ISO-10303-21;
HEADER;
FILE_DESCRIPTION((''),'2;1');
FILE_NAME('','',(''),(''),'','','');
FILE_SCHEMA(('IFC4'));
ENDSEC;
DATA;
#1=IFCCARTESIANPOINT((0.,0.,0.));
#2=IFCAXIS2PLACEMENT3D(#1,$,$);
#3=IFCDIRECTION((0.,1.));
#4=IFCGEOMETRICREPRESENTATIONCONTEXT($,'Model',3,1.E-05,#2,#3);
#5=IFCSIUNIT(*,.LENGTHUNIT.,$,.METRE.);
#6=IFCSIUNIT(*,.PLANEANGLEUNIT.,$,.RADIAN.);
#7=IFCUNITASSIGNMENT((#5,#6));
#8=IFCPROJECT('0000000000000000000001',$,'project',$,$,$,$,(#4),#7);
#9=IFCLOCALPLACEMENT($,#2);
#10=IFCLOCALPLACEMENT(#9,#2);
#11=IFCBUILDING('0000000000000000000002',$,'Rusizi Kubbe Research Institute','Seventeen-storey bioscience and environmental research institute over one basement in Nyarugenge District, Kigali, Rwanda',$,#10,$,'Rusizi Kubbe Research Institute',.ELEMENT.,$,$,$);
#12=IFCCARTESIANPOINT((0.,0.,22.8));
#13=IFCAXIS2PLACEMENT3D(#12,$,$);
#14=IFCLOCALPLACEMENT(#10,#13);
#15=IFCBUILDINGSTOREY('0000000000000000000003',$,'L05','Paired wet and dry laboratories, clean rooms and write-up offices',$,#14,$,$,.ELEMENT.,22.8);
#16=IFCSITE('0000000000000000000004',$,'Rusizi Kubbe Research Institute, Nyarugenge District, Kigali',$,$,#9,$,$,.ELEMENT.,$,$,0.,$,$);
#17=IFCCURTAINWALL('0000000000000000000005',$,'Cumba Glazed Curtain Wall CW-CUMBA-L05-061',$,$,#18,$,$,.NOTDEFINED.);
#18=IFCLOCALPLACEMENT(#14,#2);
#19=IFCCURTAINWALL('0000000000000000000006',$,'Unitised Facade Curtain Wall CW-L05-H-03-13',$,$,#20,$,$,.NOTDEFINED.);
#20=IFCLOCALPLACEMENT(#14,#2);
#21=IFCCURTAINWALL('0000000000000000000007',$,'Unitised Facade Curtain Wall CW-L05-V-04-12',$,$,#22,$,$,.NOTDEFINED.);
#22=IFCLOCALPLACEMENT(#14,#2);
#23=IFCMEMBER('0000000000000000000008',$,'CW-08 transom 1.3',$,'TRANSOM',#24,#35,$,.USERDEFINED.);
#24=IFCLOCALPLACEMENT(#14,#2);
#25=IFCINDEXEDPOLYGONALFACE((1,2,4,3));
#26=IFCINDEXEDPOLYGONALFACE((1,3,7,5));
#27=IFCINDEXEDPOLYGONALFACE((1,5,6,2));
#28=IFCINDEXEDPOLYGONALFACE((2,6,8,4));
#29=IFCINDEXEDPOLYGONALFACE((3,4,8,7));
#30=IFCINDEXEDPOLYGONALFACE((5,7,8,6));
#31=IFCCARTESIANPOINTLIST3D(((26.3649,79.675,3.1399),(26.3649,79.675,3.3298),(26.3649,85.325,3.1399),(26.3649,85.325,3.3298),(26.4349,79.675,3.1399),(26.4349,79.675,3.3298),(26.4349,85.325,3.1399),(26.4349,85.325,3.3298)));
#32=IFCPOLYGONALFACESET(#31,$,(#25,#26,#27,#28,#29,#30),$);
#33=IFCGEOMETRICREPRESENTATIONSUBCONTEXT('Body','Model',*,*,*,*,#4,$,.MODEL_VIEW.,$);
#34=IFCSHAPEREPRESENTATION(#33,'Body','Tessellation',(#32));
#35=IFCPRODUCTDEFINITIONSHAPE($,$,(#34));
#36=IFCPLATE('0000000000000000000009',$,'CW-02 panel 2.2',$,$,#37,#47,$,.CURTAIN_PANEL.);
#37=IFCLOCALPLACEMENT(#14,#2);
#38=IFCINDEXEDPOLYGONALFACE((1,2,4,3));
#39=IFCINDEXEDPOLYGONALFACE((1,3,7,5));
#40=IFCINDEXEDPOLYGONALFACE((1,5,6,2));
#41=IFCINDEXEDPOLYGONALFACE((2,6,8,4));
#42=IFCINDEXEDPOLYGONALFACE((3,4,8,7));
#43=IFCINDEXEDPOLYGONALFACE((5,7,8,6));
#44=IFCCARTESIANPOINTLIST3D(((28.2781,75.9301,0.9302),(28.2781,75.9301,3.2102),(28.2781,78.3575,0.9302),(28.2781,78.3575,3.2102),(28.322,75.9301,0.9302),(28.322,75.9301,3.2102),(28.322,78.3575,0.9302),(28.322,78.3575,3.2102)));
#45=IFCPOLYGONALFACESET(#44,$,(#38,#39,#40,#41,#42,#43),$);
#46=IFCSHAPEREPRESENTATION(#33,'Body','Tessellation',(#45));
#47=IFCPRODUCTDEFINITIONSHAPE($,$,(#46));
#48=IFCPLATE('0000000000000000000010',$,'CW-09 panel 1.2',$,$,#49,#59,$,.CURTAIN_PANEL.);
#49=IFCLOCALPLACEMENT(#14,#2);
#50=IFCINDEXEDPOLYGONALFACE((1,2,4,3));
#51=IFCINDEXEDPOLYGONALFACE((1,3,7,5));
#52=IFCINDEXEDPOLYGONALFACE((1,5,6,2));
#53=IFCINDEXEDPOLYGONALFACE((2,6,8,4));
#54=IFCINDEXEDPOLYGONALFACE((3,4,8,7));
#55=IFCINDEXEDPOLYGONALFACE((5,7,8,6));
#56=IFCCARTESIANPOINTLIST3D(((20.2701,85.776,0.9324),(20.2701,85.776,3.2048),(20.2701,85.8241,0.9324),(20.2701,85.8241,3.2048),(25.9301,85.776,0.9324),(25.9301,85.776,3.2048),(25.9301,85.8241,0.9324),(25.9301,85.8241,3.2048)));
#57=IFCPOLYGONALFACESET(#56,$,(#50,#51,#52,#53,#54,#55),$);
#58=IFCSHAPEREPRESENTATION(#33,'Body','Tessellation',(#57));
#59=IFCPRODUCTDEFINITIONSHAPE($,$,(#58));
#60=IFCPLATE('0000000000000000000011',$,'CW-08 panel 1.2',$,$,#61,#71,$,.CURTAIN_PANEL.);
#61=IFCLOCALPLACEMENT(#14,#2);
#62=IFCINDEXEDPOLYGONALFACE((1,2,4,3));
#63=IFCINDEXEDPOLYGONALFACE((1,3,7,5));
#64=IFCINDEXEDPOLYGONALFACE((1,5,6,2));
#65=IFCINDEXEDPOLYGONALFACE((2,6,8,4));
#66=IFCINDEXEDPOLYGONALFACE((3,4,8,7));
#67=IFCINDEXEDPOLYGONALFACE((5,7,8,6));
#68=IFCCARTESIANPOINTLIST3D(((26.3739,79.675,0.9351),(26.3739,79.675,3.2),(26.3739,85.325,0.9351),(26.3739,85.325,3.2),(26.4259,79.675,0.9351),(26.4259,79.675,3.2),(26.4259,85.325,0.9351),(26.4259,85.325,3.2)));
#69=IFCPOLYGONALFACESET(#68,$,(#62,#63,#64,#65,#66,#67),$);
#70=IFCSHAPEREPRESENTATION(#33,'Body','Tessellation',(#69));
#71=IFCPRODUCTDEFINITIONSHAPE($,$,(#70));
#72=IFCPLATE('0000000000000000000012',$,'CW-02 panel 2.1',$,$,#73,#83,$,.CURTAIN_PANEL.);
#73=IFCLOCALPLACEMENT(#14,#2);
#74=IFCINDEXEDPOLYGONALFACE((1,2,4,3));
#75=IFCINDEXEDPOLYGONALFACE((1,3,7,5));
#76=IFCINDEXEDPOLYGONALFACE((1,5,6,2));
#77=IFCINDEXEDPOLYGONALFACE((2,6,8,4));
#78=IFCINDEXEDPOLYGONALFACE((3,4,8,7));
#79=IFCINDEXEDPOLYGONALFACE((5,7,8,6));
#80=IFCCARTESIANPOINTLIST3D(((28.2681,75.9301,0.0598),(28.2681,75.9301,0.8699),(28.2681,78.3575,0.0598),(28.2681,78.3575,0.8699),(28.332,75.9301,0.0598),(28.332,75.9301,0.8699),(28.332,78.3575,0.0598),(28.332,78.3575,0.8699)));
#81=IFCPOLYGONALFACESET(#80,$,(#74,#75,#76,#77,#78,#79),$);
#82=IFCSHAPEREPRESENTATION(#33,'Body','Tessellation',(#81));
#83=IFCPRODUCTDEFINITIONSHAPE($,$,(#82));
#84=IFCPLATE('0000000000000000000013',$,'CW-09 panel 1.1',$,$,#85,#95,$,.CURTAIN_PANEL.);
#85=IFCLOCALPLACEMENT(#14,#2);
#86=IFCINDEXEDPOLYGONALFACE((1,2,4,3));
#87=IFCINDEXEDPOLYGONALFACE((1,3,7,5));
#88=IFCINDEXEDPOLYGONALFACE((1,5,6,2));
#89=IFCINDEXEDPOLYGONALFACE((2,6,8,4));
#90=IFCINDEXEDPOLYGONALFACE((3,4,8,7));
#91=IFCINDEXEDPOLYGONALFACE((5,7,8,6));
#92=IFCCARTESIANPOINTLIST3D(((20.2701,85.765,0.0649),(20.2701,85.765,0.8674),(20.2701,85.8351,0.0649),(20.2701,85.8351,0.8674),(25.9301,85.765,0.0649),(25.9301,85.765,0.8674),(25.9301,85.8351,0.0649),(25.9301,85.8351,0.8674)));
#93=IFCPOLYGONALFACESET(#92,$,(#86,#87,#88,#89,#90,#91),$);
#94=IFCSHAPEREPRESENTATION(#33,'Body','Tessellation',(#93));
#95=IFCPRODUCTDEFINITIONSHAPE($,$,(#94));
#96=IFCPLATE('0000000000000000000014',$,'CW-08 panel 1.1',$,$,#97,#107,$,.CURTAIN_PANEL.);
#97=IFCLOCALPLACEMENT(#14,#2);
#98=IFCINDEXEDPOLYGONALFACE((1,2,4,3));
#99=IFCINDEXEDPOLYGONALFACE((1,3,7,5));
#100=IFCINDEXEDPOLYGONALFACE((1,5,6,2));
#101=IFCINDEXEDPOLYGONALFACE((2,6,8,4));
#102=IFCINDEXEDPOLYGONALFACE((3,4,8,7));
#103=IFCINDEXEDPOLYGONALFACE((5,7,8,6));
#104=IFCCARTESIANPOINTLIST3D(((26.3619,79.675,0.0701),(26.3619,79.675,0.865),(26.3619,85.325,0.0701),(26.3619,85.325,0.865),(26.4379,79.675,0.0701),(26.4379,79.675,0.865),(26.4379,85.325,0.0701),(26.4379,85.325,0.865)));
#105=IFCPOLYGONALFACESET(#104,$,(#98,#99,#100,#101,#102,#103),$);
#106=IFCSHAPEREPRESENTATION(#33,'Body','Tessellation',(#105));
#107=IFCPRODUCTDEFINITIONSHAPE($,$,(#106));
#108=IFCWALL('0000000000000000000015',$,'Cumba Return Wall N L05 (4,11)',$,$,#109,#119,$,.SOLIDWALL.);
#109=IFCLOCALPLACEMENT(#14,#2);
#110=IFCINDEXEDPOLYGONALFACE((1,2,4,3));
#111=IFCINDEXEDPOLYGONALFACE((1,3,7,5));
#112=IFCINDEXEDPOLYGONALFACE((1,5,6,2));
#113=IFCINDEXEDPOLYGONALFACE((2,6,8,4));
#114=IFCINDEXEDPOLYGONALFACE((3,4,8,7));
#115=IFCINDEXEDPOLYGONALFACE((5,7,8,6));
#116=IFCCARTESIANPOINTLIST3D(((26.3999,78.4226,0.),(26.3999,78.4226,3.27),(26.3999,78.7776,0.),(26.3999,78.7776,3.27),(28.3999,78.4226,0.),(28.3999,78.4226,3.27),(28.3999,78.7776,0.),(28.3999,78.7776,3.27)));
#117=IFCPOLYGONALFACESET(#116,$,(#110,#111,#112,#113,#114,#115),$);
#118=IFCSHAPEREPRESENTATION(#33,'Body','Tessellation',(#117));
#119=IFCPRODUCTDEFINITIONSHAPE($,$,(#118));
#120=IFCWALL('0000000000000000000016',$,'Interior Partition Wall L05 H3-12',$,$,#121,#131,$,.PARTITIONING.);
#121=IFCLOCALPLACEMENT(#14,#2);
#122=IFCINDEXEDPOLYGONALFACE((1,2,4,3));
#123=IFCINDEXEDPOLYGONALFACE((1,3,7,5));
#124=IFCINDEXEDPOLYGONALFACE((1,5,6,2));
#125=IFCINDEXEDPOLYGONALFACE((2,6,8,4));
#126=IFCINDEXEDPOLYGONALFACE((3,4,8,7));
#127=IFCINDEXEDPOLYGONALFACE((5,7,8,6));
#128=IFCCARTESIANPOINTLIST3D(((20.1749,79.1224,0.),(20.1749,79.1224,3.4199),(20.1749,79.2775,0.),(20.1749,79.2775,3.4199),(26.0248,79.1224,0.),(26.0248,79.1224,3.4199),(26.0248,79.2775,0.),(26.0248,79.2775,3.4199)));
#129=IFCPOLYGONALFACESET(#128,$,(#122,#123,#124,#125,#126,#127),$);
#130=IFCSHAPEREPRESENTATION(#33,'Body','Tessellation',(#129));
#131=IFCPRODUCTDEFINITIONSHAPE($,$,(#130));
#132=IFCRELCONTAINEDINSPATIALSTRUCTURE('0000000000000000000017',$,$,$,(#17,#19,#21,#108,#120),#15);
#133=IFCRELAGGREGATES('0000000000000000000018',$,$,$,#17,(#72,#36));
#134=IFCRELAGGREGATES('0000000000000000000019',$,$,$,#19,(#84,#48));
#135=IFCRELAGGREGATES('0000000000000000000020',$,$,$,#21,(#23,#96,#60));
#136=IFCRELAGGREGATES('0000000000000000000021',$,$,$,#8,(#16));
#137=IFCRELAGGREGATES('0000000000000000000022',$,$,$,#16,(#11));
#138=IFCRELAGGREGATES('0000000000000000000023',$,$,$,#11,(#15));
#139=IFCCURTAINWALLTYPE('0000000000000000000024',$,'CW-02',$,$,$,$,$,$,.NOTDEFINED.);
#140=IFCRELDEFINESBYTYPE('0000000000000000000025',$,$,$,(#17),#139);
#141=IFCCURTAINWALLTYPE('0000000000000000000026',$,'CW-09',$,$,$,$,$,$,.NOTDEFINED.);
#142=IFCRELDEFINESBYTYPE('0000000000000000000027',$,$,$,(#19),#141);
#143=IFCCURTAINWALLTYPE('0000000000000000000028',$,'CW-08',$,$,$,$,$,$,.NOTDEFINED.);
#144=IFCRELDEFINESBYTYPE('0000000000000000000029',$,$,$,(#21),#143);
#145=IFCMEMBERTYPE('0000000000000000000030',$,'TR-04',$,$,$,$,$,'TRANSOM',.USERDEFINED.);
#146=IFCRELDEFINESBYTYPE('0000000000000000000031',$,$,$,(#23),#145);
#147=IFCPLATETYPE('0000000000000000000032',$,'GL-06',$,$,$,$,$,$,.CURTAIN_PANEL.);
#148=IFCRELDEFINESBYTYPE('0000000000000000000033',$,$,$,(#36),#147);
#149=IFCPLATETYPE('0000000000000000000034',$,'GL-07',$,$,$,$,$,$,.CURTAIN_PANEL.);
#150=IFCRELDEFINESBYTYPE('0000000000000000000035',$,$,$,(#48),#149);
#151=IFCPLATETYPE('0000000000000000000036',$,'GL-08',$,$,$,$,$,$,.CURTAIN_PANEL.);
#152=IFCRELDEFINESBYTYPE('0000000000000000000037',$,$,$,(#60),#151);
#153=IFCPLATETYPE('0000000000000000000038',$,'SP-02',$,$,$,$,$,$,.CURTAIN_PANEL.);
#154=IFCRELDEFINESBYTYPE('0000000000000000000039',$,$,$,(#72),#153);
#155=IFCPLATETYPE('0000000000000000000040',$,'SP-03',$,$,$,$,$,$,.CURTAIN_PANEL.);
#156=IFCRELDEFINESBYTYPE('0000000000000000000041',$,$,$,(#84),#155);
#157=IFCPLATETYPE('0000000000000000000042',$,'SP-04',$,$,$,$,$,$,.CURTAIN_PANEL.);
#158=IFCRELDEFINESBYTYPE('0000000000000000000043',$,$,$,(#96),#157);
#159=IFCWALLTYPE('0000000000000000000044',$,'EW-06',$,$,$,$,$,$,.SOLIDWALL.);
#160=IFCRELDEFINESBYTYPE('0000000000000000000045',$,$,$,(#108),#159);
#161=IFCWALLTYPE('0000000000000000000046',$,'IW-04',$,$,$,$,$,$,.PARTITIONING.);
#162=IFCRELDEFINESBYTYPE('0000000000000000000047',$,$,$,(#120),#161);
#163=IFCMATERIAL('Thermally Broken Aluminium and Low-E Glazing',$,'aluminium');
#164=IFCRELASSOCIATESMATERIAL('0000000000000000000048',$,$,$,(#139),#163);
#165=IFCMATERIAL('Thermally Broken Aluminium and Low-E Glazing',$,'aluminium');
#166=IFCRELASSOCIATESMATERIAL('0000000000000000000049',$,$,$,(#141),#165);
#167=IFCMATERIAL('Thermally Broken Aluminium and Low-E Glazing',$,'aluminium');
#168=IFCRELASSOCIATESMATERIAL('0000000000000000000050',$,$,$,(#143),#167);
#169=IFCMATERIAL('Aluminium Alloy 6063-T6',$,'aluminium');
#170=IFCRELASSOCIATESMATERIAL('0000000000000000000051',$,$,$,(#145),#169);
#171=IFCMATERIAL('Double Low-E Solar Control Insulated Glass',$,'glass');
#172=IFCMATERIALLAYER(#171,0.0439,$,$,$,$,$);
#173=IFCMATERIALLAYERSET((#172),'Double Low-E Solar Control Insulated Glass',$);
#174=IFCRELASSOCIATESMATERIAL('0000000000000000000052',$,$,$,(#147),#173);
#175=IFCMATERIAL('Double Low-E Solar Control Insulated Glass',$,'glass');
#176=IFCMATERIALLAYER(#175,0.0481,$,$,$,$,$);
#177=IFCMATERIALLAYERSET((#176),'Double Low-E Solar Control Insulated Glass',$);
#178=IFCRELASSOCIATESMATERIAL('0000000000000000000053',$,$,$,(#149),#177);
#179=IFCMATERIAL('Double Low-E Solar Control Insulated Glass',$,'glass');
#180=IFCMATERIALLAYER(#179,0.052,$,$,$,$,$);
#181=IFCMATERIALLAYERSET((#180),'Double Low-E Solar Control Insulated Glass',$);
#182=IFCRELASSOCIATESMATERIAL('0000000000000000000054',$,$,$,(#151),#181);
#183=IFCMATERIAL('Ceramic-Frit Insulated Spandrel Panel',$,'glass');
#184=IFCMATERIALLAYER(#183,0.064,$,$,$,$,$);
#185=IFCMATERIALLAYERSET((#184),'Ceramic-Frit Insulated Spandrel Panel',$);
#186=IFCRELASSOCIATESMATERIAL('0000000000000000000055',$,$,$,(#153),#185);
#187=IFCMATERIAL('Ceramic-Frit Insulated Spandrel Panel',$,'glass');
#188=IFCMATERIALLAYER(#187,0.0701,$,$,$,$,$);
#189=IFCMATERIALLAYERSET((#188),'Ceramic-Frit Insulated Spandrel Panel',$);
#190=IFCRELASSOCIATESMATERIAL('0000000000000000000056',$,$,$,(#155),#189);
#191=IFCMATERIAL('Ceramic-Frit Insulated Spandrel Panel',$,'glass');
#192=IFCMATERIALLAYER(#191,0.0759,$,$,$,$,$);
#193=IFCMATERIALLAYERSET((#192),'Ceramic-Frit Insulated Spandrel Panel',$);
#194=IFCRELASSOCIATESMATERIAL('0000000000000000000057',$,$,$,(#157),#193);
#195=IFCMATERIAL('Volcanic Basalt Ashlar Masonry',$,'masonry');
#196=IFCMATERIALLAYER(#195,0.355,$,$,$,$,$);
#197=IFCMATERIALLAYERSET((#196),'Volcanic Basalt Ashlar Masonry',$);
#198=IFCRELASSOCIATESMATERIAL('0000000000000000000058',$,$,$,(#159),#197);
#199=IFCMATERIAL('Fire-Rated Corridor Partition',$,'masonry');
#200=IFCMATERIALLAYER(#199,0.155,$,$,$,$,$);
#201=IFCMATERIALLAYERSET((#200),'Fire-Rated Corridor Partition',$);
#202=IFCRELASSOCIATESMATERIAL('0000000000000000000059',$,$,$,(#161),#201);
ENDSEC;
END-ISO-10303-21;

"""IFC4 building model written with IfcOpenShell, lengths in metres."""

from ifc_helpers import new_model, si_unit, direction, frame, frame_2d, origin, origin_2d, place, context, subcontext, project, spatial, rectangle, extrude, material, layer, layer_set, material_profile, profile_set, type_object, element, aggregate, save


model = new_model("IFC4")

# Units and contexts
model_context = context("Model", 3, precision=1e-05, world=origin(), true_north=direction((0.0, 1.0)))
body_context = subcontext(model_context, "Body", "Model", "MODEL_VIEW")
ifc_project = project(units=[si_unit("LENGTHUNIT", "METRE"), si_unit("PLANEANGLEUNIT", "RADIAN")], contexts=[model_context])

# Site, building, storey
site_placement = place(None, origin())
site = spatial("IfcSite", under=ifc_project, at=site_placement, Name="Rusizi Kubbe Research Institute, Nyarugenge District, Kigali", CompositionType="ELEMENT", RefElevation=0.0)
building_placement = place(site_placement, origin())
building = spatial("IfcBuilding", under=site, at=building_placement, Name="Rusizi Kubbe Research Institute", Description="Seventeen-storey bioscience and environmental research institute over one basement in Nyarugenge District, Kigali, Rwanda", LongName="Rusizi Kubbe Research Institute", CompositionType="ELEMENT")
storey_placement = place(building_placement, frame((0.0, 0.0, 22.8)))
storey = spatial("IfcBuildingStorey", under=building, at=storey_placement, Name="L05", Description="Paired wet and dry laboratories, clean rooms and write-up offices", CompositionType="ELEMENT", Elevation=22.8)

# Curtain walls
ifc_material_1 = material(Name="Thermally Broken Aluminium and Low-E Glazing", Category="aluminium")
curtain_wall_type_1 = type_object("IfcCurtainWallType", Name="CW-02", PredefinedType="NOTDEFINED", material=ifc_material_1)
curtain_wall_1_placement = place(storey_placement, origin())
curtain_wall_1 = element("IfcCurtainWall", 1, at=curtain_wall_1_placement, inside=storey, type_object=curtain_wall_type_1, Name="Cumba Glazed Curtain Wall CW-CUMBA-L05-061", PredefinedType="NOTDEFINED")
ifc_material_2 = material(Name="Thermally Broken Aluminium and Low-E Glazing", Category="aluminium")
curtain_wall_type_2 = type_object("IfcCurtainWallType", Name="CW-09", PredefinedType="NOTDEFINED", material=ifc_material_2)
curtain_wall_2_placement = place(storey_placement, origin())
curtain_wall_2 = element("IfcCurtainWall", 2, at=curtain_wall_2_placement, inside=storey, type_object=curtain_wall_type_2, Name="Unitised Facade Curtain Wall CW-L05-H-03-13", PredefinedType="NOTDEFINED")
ifc_material_3 = material(Name="Thermally Broken Aluminium and Low-E Glazing", Category="aluminium")
curtain_wall_type_3 = type_object("IfcCurtainWallType", Name="CW-08", PredefinedType="NOTDEFINED", material=ifc_material_3)
curtain_wall_3_placement = place(storey_placement, origin())
curtain_wall_3 = element("IfcCurtainWall", 3, at=curtain_wall_3_placement, inside=storey, type_object=curtain_wall_type_3, Name="Unitised Facade Curtain Wall CW-L05-V-04-12", PredefinedType="NOTDEFINED")

# Member
ifc_material_4 = material(Name="Aluminium Alloy 6063-T6", Category="aluminium")
ifc_material_profile_1 = material_profile(ifc_material_4, rectangle(XDim=0.0701, YDim=0.1899, at=origin_2d()), Name="ALU-T 70x190")
ifc_profile_set_1 = profile_set([ifc_material_profile_1], Name="Aluminium Alloy 6063-T6")
member_type_1 = type_object("IfcMemberType", Name="TR-04", ElementType="TRANSOM", PredefinedType="USERDEFINED", material=ifc_profile_set_1)
member_1_placement = place(storey_placement, frame((26.3999, 79.675, 3.2349), z_axis=(0.0, 1.0, 0.0), x_axis=(-1.0, 0.0, 0.0)))
member_1 = element("IfcMember", 4, at=member_1_placement, type_object=member_type_1, Name="CW-08 transom 1.3", ObjectType="TRANSOM", PredefinedType="USERDEFINED", context=body_context, shape_type="SweptSolid", body=[
    extrude(rectangle(XDim=0.0701, YDim=0.1899, at=origin_2d()), origin(), (0.0, 0.0, 1.0), 5.6499),
])

# Plates
ifc_material_5 = material(Name="Double Low-E Solar Control Insulated Glass", Category="glass")
ifc_layer_1 = layer(ifc_material_5, 0.0439)
ifc_layer_set_1 = layer_set([ifc_layer_1], Name="Double Low-E Solar Control Insulated Glass")
plate_type_1 = type_object("IfcPlateType", Name="GL-06", PredefinedType="CURTAIN_PANEL", material=ifc_layer_set_1)
plate_1_placement = place(storey_placement, frame((28.3, 77.1438, 0.9302), z_axis=(0.0, 0.0, 1.0), x_axis=(0.0, 1.0, 0.0)))
plate_1 = element("IfcPlate", 5, at=plate_1_placement, type_object=plate_type_1, Name="CW-02 panel 2.2", PredefinedType="CURTAIN_PANEL", context=body_context, shape_type="SweptSolid", body=[
    extrude(rectangle(XDim=2.4275, YDim=0.0439, at=origin_2d()), origin(), (0.0, 0.0, 1.0), 2.28),
])
ifc_material_6 = material(Name="Double Low-E Solar Control Insulated Glass", Category="glass")
ifc_layer_2 = layer(ifc_material_6, 0.0481)
ifc_layer_set_2 = layer_set([ifc_layer_2], Name="Double Low-E Solar Control Insulated Glass")
plate_type_2 = type_object("IfcPlateType", Name="GL-07", PredefinedType="CURTAIN_PANEL", material=ifc_layer_set_2)
plate_2_placement = place(storey_placement, frame((23.1001, 85.8, 0.9324), z_axis=(0.0, 0.0, 1.0), x_axis=(1.0, 0.0, 0.0)))
plate_2 = element("IfcPlate", 6, at=plate_2_placement, type_object=plate_type_2, Name="CW-09 panel 1.2", PredefinedType="CURTAIN_PANEL", context=body_context, shape_type="SweptSolid", body=[
    extrude(rectangle(XDim=5.6599, YDim=0.0481, at=origin_2d()), origin(), (0.0, 0.0, 1.0), 2.2725),
])
ifc_material_7 = material(Name="Double Low-E Solar Control Insulated Glass", Category="glass")
ifc_layer_3 = layer(ifc_material_7, 0.052)
ifc_layer_set_3 = layer_set([ifc_layer_3], Name="Double Low-E Solar Control Insulated Glass")
plate_type_3 = type_object("IfcPlateType", Name="GL-08", PredefinedType="CURTAIN_PANEL", material=ifc_layer_set_3)
plate_3_placement = place(storey_placement, frame((26.3999, 82.5, 0.9351), z_axis=(0.0, 0.0, 1.0), x_axis=(0.0, 1.0, 0.0)))
plate_3 = element("IfcPlate", 7, at=plate_3_placement, type_object=plate_type_3, Name="CW-08 panel 1.2", PredefinedType="CURTAIN_PANEL", context=body_context, shape_type="SweptSolid", body=[
    extrude(rectangle(XDim=5.6499, YDim=0.052, at=origin_2d()), origin(), (0.0, 0.0, 1.0), 2.2649),
])
ifc_material_8 = material(Name="Ceramic-Frit Insulated Spandrel Panel", Category="glass")
ifc_layer_4 = layer(ifc_material_8, 0.064)
ifc_layer_set_4 = layer_set([ifc_layer_4], Name="Ceramic-Frit Insulated Spandrel Panel")
plate_type_4 = type_object("IfcPlateType", Name="SP-02", PredefinedType="CURTAIN_PANEL", material=ifc_layer_set_4)
plate_4_placement = place(storey_placement, frame((28.3, 77.1438, 0.0598), z_axis=(0.0, 0.0, 1.0), x_axis=(0.0, 1.0, 0.0)))
plate_4 = element("IfcPlate", 8, at=plate_4_placement, type_object=plate_type_4, Name="CW-02 panel 2.1", PredefinedType="CURTAIN_PANEL", context=body_context, shape_type="SweptSolid", body=[
    extrude(rectangle(XDim=2.4275, YDim=0.064, at=origin_2d()), origin(), (0.0, 0.0, 1.0), 0.8101),
])
aggregate(curtain_wall_1, [plate_4, plate_1])
ifc_material_9 = material(Name="Ceramic-Frit Insulated Spandrel Panel", Category="glass")
ifc_layer_5 = layer(ifc_material_9, 0.0701)
ifc_layer_set_5 = layer_set([ifc_layer_5], Name="Ceramic-Frit Insulated Spandrel Panel")
plate_type_5 = type_object("IfcPlateType", Name="SP-03", PredefinedType="CURTAIN_PANEL", material=ifc_layer_set_5)
plate_5_placement = place(storey_placement, frame((23.1001, 85.8, 0.0649), z_axis=(0.0, 0.0, 1.0), x_axis=(1.0, 0.0, 0.0)))
plate_5 = element("IfcPlate", 9, at=plate_5_placement, type_object=plate_type_5, Name="CW-09 panel 1.1", PredefinedType="CURTAIN_PANEL", context=body_context, shape_type="SweptSolid", body=[
    extrude(rectangle(XDim=5.6599, YDim=0.0701, at=origin_2d()), origin(), (0.0, 0.0, 1.0), 0.8025),
])
aggregate(curtain_wall_2, [plate_5, plate_2])
ifc_material_10 = material(Name="Ceramic-Frit Insulated Spandrel Panel", Category="glass")
ifc_layer_6 = layer(ifc_material_10, 0.0759)
ifc_layer_set_6 = layer_set([ifc_layer_6], Name="Ceramic-Frit Insulated Spandrel Panel")
plate_type_6 = type_object("IfcPlateType", Name="SP-04", PredefinedType="CURTAIN_PANEL", material=ifc_layer_set_6)
plate_6_placement = place(storey_placement, frame((26.3999, 82.5, 0.0701), z_axis=(0.0, 0.0, 1.0), x_axis=(0.0, 1.0, 0.0)))
plate_6 = element("IfcPlate", 10, at=plate_6_placement, type_object=plate_type_6, Name="CW-08 panel 1.1", PredefinedType="CURTAIN_PANEL", context=body_context, shape_type="SweptSolid", body=[
    extrude(rectangle(XDim=5.6499, YDim=0.0759, at=origin_2d()), origin(), (0.0, 0.0, 1.0), 0.7949),
])
aggregate(curtain_wall_3, [member_1, plate_6, plate_3])

# Walls
ifc_material_11 = material(Name="Volcanic Basalt Ashlar Masonry", Category="masonry")
ifc_layer_7 = layer(ifc_material_11, 0.355)
ifc_layer_set_7 = layer_set([ifc_layer_7], Name="Volcanic Basalt Ashlar Masonry")
wall_type_1 = type_object("IfcWallType", Name="EW-06", PredefinedType="SOLIDWALL", material=ifc_layer_set_7)
wall_1_placement = place(storey_placement, frame((26.3999, 78.6001, 0.0), z_axis=(0.0, 0.0, 1.0), x_axis=(1.0, 0.0, 0.0)))
element("IfcWall", 11, at=wall_1_placement, inside=storey, type_object=wall_type_1, Name="Cumba Return Wall N L05 (4,11)", PredefinedType="SOLIDWALL", context=body_context, shape_type="SweptSolid", body=[
    extrude(rectangle(XDim=2.0, YDim=0.355, at=frame_2d((1.0, 0.0))), origin(), (0.0, 0.0, 1.0), 3.27),
])
ifc_material_12 = material(Name="Fire-Rated Corridor Partition", Category="masonry")
ifc_layer_8 = layer(ifc_material_12, 0.155)
ifc_layer_set_8 = layer_set([ifc_layer_8], Name="Fire-Rated Corridor Partition")
wall_type_2 = type_object("IfcWallType", Name="IW-04", PredefinedType="PARTITIONING", material=ifc_layer_set_8)
wall_2_placement = place(storey_placement, frame((20.175, 79.2, 0.0), z_axis=(0.0, 0.0, 1.0), x_axis=(1.0, 0.0, 0.0)))
element("IfcWall", 12, at=wall_2_placement, inside=storey, type_object=wall_type_2, Name="Interior Partition Wall L05 H3-12", PredefinedType="PARTITIONING", context=body_context, shape_type="SweptSolid", body=[
    extrude(rectangle(XDim=5.8499, YDim=0.155, at=frame_2d((2.9248, 0.0))), origin(), (0.0, 0.0, 1.0), 3.4199),
])

save(model, "model.ifc")
